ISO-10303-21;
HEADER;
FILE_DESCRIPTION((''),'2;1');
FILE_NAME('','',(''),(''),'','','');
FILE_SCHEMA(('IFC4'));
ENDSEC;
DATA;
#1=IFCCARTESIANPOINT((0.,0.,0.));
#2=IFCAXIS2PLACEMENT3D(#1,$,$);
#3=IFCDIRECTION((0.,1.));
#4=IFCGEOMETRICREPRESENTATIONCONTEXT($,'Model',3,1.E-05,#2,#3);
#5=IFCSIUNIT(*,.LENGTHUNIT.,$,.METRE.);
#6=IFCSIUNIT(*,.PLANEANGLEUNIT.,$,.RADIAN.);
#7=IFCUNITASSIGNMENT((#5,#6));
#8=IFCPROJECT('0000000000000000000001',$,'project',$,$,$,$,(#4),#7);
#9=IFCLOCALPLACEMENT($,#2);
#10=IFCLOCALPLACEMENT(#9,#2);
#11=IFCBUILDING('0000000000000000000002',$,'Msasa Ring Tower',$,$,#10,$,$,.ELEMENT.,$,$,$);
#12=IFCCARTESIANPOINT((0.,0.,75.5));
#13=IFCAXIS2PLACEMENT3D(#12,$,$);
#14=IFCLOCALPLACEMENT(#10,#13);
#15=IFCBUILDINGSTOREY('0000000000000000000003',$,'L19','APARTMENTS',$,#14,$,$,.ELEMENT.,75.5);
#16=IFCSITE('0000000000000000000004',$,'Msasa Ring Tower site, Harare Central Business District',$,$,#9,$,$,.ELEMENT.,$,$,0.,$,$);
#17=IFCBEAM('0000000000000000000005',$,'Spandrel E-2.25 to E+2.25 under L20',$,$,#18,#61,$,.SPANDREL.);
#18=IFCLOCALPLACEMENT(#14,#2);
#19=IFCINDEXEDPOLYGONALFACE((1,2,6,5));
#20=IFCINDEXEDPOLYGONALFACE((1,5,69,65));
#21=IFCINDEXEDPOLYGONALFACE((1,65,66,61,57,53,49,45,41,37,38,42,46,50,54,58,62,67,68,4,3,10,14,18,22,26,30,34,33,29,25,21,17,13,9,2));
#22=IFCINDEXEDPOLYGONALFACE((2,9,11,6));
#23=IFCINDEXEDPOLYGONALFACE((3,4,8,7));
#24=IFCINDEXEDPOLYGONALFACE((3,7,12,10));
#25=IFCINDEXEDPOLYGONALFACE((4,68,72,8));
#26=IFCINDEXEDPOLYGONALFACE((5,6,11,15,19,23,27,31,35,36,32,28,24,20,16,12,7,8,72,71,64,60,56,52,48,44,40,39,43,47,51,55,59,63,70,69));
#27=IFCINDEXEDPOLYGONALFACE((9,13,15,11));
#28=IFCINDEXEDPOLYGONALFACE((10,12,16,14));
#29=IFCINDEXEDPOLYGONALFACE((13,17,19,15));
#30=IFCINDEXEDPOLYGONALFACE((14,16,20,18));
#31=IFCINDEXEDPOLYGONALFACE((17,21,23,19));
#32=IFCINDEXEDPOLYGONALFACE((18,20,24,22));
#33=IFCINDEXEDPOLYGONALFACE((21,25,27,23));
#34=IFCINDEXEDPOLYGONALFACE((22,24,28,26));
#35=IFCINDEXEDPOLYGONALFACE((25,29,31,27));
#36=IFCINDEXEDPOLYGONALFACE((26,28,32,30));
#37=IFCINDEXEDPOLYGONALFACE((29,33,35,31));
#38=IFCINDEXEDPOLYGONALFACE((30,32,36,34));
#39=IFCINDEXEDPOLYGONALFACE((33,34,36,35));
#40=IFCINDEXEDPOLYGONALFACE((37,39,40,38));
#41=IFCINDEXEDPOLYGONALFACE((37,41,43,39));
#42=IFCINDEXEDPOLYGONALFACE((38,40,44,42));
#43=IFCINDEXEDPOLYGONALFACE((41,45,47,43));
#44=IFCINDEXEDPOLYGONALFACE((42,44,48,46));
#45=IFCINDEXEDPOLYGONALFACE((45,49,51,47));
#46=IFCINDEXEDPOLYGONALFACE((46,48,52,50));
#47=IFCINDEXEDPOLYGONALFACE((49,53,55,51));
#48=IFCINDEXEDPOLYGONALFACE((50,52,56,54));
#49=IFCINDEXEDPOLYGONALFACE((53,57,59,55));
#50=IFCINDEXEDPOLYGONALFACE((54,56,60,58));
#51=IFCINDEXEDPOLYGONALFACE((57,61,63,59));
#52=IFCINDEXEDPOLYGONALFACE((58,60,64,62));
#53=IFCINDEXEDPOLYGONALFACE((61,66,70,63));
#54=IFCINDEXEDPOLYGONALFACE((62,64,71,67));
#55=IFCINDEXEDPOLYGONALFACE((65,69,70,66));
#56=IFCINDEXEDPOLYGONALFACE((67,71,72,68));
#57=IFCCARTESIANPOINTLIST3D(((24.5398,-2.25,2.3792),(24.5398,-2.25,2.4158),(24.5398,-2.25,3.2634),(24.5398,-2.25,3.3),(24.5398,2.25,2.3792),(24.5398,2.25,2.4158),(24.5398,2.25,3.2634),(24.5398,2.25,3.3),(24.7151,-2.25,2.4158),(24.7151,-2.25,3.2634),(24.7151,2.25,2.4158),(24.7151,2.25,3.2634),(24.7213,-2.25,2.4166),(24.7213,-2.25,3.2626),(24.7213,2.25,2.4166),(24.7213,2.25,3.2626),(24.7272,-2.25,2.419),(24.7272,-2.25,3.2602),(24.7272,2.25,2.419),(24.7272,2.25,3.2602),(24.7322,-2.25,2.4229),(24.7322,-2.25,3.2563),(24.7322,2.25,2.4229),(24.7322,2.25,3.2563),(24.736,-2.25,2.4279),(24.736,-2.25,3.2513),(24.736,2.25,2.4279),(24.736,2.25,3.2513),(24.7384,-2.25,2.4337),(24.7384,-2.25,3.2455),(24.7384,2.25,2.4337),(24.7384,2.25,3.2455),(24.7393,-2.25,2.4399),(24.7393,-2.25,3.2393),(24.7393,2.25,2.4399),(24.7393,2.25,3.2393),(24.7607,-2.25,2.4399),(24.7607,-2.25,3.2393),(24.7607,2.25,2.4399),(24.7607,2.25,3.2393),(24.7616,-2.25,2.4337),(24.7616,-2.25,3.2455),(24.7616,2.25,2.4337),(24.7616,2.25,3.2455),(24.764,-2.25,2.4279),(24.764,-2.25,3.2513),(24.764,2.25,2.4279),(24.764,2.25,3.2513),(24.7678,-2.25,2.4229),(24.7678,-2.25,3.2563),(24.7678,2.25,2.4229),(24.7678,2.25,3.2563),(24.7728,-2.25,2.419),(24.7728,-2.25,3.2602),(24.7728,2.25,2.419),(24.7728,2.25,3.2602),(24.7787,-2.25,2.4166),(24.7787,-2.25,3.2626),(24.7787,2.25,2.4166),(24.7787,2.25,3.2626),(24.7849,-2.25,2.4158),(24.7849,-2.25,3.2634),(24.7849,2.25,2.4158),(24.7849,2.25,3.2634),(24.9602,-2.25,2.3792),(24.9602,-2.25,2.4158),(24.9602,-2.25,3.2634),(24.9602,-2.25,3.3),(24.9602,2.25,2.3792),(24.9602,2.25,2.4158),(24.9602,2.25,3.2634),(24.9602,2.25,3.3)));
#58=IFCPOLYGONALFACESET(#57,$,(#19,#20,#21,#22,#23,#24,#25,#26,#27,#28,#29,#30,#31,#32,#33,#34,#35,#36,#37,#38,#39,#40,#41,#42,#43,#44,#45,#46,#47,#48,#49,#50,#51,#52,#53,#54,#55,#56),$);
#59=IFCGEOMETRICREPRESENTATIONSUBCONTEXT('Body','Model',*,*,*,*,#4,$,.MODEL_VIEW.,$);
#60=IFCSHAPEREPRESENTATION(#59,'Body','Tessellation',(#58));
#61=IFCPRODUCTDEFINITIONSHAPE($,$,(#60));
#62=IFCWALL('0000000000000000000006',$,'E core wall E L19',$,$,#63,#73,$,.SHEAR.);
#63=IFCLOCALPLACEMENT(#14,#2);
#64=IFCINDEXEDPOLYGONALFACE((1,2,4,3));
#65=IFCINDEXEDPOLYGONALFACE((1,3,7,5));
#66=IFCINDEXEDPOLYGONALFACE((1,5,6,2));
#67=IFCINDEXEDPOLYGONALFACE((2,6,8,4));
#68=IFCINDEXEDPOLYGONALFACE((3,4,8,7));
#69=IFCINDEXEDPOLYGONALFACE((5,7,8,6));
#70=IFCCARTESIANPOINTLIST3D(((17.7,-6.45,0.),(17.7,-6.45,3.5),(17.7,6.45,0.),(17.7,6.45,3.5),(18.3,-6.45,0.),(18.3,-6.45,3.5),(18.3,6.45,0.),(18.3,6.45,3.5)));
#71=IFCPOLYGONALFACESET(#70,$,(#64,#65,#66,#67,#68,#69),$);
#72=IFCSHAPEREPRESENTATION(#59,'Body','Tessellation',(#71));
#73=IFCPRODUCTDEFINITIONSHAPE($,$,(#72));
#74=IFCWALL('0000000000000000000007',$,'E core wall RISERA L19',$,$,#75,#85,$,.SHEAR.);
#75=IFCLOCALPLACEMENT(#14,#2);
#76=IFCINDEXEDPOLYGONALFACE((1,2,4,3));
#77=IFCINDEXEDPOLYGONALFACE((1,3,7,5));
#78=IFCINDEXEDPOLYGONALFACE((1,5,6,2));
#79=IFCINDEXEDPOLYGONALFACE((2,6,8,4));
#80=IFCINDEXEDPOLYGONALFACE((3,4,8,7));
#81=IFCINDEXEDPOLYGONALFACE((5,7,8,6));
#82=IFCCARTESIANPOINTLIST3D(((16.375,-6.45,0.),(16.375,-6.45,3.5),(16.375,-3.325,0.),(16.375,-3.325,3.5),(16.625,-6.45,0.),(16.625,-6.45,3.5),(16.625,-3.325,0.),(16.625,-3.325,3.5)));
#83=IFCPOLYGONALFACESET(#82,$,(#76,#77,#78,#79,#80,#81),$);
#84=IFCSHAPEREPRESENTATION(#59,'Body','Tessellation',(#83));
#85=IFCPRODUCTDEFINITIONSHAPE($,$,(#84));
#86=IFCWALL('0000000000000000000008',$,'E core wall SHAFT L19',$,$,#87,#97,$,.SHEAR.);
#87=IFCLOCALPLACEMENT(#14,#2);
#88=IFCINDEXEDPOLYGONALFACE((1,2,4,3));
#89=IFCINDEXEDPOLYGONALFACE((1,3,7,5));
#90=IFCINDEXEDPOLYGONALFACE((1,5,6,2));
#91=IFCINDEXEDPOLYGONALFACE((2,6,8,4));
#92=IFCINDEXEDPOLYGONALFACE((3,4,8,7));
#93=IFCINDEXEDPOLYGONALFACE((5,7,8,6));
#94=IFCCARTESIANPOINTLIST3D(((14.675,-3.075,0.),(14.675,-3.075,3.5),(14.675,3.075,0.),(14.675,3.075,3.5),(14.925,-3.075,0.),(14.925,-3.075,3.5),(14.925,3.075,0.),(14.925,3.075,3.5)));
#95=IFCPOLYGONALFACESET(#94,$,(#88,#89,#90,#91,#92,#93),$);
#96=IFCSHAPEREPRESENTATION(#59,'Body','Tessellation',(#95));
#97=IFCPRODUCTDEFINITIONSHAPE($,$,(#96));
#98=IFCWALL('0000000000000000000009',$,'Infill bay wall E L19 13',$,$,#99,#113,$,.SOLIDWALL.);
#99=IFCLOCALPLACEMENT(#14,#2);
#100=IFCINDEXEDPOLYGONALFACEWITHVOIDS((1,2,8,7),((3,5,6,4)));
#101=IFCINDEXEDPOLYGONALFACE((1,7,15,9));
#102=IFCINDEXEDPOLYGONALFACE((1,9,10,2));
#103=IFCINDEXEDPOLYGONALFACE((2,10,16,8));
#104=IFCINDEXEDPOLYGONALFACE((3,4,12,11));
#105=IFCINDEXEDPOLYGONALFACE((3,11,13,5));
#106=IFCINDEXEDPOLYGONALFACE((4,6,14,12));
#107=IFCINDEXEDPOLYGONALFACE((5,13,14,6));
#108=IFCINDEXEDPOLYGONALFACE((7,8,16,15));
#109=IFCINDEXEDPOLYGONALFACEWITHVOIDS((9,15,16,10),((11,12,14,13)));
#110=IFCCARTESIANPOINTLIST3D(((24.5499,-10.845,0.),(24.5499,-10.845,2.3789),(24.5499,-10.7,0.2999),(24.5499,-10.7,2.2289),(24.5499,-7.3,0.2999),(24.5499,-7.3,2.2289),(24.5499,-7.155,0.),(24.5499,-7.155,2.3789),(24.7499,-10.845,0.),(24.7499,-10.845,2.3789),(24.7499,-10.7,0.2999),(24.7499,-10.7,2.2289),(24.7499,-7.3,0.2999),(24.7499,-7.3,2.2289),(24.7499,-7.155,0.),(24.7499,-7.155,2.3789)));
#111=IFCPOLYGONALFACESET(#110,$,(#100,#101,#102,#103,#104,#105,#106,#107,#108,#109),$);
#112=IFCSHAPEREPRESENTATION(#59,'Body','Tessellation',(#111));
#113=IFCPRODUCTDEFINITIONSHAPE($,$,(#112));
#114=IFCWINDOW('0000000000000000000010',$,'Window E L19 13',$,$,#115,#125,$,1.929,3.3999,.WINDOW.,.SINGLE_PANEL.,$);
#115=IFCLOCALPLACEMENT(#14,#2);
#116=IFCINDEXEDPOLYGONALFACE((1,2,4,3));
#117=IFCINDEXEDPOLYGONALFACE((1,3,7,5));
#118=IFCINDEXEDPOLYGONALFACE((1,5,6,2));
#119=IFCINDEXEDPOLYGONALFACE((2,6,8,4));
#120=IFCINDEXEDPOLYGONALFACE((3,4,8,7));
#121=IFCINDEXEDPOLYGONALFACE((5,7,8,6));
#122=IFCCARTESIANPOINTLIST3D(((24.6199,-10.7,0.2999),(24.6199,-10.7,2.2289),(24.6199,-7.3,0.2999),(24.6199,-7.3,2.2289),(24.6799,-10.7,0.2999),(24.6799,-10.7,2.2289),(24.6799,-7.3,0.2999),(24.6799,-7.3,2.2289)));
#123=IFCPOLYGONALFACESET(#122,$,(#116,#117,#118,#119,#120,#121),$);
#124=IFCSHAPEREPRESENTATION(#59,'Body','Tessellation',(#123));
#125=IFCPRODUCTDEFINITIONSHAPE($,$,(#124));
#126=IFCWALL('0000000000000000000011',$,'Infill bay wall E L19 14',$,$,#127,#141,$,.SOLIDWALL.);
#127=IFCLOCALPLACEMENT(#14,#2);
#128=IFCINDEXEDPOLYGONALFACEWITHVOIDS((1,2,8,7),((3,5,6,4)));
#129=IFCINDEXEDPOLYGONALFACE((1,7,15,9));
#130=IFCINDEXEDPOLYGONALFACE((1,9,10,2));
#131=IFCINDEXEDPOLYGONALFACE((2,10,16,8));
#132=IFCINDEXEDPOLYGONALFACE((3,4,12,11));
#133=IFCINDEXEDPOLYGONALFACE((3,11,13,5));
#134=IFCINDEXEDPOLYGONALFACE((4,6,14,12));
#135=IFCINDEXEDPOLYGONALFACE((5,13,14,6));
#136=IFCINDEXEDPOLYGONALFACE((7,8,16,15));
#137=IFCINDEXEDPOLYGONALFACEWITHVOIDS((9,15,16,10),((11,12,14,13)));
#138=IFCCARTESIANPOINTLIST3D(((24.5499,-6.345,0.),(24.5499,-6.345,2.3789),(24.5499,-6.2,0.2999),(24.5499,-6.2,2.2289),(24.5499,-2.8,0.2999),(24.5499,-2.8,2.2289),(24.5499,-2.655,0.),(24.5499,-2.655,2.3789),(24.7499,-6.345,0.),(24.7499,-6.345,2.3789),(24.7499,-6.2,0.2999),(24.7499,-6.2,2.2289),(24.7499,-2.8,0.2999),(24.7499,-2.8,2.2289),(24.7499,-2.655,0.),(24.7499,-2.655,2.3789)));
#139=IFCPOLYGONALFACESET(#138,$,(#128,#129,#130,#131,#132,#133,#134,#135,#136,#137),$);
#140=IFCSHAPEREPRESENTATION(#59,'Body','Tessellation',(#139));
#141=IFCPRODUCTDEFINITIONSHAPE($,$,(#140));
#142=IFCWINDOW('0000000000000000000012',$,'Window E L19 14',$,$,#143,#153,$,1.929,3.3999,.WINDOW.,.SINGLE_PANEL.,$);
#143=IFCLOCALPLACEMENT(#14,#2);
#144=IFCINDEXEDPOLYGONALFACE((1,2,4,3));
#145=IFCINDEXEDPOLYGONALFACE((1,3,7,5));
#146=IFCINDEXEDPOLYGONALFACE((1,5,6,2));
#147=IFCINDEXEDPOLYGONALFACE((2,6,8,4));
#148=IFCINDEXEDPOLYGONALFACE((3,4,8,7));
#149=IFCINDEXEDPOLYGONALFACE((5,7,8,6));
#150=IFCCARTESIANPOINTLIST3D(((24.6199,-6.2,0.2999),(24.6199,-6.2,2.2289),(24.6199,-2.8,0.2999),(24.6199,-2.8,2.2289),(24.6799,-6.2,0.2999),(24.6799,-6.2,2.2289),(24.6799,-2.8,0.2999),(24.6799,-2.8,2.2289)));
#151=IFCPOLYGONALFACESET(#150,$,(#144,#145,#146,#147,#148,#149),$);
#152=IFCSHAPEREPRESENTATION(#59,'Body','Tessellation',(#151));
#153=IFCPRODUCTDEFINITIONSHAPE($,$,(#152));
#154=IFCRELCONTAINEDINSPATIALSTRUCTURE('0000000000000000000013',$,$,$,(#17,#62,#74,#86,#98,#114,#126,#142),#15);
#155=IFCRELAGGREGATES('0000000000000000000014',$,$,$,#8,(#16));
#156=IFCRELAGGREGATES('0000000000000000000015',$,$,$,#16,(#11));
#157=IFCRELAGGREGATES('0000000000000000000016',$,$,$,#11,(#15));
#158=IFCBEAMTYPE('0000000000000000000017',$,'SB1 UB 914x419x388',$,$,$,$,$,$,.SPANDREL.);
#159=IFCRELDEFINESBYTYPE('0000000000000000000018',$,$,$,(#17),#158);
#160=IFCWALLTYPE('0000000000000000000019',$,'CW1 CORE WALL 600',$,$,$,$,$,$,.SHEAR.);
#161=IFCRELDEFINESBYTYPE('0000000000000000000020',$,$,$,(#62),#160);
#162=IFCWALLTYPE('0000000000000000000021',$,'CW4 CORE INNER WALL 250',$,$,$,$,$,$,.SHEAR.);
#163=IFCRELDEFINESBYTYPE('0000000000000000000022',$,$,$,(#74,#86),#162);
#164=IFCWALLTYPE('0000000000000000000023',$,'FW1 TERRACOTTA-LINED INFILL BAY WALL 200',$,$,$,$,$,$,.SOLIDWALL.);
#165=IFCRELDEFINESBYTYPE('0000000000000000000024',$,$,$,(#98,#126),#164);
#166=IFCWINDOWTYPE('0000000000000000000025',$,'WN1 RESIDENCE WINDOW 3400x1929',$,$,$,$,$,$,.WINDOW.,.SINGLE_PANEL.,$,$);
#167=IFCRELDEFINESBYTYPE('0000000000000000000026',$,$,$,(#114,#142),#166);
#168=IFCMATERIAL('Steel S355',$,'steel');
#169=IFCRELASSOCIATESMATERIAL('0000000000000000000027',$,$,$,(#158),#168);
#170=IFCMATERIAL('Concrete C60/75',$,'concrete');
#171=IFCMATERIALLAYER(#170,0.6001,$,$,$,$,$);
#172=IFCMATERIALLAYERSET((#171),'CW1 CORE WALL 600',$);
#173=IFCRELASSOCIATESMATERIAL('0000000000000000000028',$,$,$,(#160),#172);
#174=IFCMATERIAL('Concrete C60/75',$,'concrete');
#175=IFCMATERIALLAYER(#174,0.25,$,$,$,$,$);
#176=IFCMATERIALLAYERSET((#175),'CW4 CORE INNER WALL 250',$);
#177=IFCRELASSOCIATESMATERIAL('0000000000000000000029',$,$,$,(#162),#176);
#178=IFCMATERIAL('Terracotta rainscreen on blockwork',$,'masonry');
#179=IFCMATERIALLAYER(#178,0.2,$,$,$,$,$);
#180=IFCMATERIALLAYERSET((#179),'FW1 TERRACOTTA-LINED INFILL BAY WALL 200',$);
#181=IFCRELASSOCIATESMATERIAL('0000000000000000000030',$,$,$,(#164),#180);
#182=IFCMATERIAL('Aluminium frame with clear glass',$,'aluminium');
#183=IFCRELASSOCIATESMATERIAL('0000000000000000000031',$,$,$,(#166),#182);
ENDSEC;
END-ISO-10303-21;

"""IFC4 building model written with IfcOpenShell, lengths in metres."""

from ifc_helpers import new_model, si_unit, direction, frame, frame_2d, origin, origin_2d, place, context, subcontext, project, spatial, rectangle, i_section, extrude, material, layer, layer_set, material_profile, profile_set, type_object, element, fill, save


model = new_model("IFC4")

# Units and contexts
model_context = context("Model", 3, precision=1e-05, world=origin(), true_north=direction((0.0, 1.0)))
body_context = subcontext(model_context, "Body", "Model", "MODEL_VIEW")
ifc_project = project(units=[si_unit("LENGTHUNIT", "METRE"), si_unit("PLANEANGLEUNIT", "RADIAN")], contexts=[model_context])

# Site, building, storey
site_placement = place(None, origin())
site = spatial("IfcSite", under=ifc_project, at=site_placement, Name="Msasa Ring Tower site, Harare Central Business District", CompositionType="ELEMENT", RefElevation=0.0)
building_placement = place(site_placement, origin())
building = spatial("IfcBuilding", under=site, at=building_placement, Name="Msasa Ring Tower", CompositionType="ELEMENT")
storey_placement = place(building_placement, frame((0.0, 0.0, 75.5)))
storey = spatial("IfcBuildingStorey", under=building, at=storey_placement, Name="L19", Description="APARTMENTS", CompositionType="ELEMENT", Elevation=75.5)

# Beam
ifc_material_1 = material(Name="Steel S355", Category="steel")
ifc_material_profile_1 = material_profile(ifc_material_1, i_section(OverallWidth=0.4204, OverallDepth=0.9209, WebThickness=0.0215, FlangeThickness=0.0366, FilletRadius=0.0242, at=origin_2d()), Name="UB 914x419x388")
ifc_profile_set_1 = profile_set([ifc_material_profile_1], Name="Steel S355")
beam_type_1 = type_object("IfcBeamType", Name="SB1 UB 914x419x388", PredefinedType="SPANDREL", material=ifc_profile_set_1)
for number, where, z_axis, x_axis, name in (
    (1, (24.75, -2.25, 2.8396), (0.0, 1.0, 0.0), (-1.0, 0.0, 0.0), "Spandrel E-2.25 to E+2.25 under L20"),
):
    element("IfcBeam", number, at=place(storey_placement, frame(where, z_axis=z_axis, x_axis=x_axis)), inside=storey, type_object=beam_type_1, Name=name, PredefinedType="SPANDREL", context=body_context, shape_type="SweptSolid", body=[
        extrude(i_section(OverallWidth=0.4204, OverallDepth=0.9209, WebThickness=0.0215, FlangeThickness=0.0366, FilletRadius=0.0242, at=origin_2d()), origin(), (0.0, 0.0, 1.0), 4.5),
    ])

# Walls
ifc_material_2 = material(Name="Concrete C60/75", Category="concrete")
ifc_layer_1 = layer(ifc_material_2, 0.6001)
ifc_layer_set_1 = layer_set([ifc_layer_1], Name="CW1 CORE WALL 600")
wall_type_1 = type_object("IfcWallType", Name="CW1 CORE WALL 600", PredefinedType="SHEAR", material=ifc_layer_set_1)
wall_1_placement = place(storey_placement, frame((18.0, -6.45, 0.0), z_axis=(0.0, 0.0, 1.0), x_axis=(0.0, 1.0, 0.0)))
element("IfcWall", 2, at=wall_1_placement, inside=storey, type_object=wall_type_1, Name="E core wall E L19", PredefinedType="SHEAR", context=body_context, shape_type="SweptSolid", body=[
    extrude(rectangle(XDim=12.8999, YDim=0.6001, at=frame_2d((6.45, 0.0))), origin(), (0.0, 0.0, 1.0), 3.5),
])
ifc_material_3 = material(Name="Concrete C60/75", Category="concrete")
ifc_layer_2 = layer(ifc_material_3, 0.25)
ifc_layer_set_2 = layer_set([ifc_layer_2], Name="CW4 CORE INNER WALL 250")
wall_type_2 = type_object("IfcWallType", Name="CW4 CORE INNER WALL 250", PredefinedType="SHEAR", material=ifc_layer_set_2)
wall_2_placement = place(storey_placement, frame((16.5, -6.45, 0.0), z_axis=(0.0, 0.0, 1.0), x_axis=(0.0, 1.0, 0.0)))
element("IfcWall", 3, at=wall_2_placement, inside=storey, type_object=wall_type_2, Name="E core wall RISERA L19", PredefinedType="SHEAR", context=body_context, shape_type="SweptSolid", body=[
    extrude(rectangle(XDim=3.125, YDim=0.25, at=frame_2d((1.5625, 0.0))), origin(), (0.0, 0.0, 1.0), 3.5),
])
wall_3_placement = place(storey_placement, frame((14.8, -3.075, 0.0), z_axis=(0.0, 0.0, 1.0), x_axis=(0.0, 1.0, 0.0)))
element("IfcWall", 4, at=wall_3_placement, inside=storey, type_object=wall_type_2, Name="E core wall SHAFT L19", PredefinedType="SHEAR", context=body_context, shape_type="SweptSolid", body=[
    extrude(rectangle(XDim=6.1499, YDim=0.25, at=frame_2d((3.075, 0.0))), origin(), (0.0, 0.0, 1.0), 3.5),
])

# Walls, openings, windows
ifc_material_4 = material(Name="Terracotta rainscreen on blockwork", Category="masonry")
ifc_layer_3 = layer(ifc_material_4, 0.2)
ifc_layer_set_3 = layer_set([ifc_layer_3], Name="FW1 TERRACOTTA-LINED INFILL BAY WALL 200")
wall_type_3 = type_object("IfcWallType", Name="FW1 TERRACOTTA-LINED INFILL BAY WALL 200", PredefinedType="SOLIDWALL", material=ifc_layer_set_3)
wall_4_placement = place(storey_placement, frame((24.6499, -10.845, 0.0), z_axis=(0.0, 0.0, 1.0), x_axis=(0.0, 1.0, 0.0)))
wall_4 = element("IfcWall", 5, at=wall_4_placement, inside=storey, type_object=wall_type_3, Name="Infill bay wall E L19 13", PredefinedType="SOLIDWALL", context=body_context, shape_type="SweptSolid", body=[
    extrude(rectangle(XDim=3.6899, YDim=0.2, at=frame_2d((1.845, 0.0))), origin(), (0.0, 0.0, 1.0), 2.3789),
])
opening_1_placement = place(wall_4_placement, frame((0.145, 0.0, 0.3)))
opening_1 = element("IfcOpeningElement", 6, at=opening_1_placement, cuts=wall_4, PredefinedType="OPENING", context=body_context, shape_type="SweptSolid", body=[
    extrude(rectangle(XDim=3.3999, YDim=1.929, at=frame_2d((1.7, 0.9644))), frame((0.0, 0.1099, 0.0), z_axis=(0.0, -1.0, 0.0), x_axis=(1.0, 0.0, 0.0)), (0.0, 0.0, 1.0), 0.22),
])
ifc_material_5 = material(Name="Aluminium frame with clear glass", Category="aluminium")
window_type = type_object("IfcWindowType", Name="WN1 RESIDENCE WINDOW 3400x1929", PartitioningType="SINGLE_PANEL", PredefinedType="WINDOW", material=ifc_material_5)
window_1_placement = place(opening_1_placement, origin())
window_1 = element("IfcWindow", 7, at=window_1_placement, inside=storey, type_object=window_type, Name="Window E L19 13", OverallHeight=1.929, OverallWidth=3.3999, PartitioningType="SINGLE_PANEL", PredefinedType="WINDOW", context=body_context, shape_type="SweptSolid", body=[
    extrude(rectangle(XDim=3.3999, YDim=1.929, at=frame_2d((1.7, 0.9644))), frame((0.0, 0.03, 0.0), z_axis=(0.0, -1.0, 0.0), x_axis=(1.0, 0.0, 0.0)), (0.0, 0.0, 1.0), 0.0601),
])
fill(opening_1, window_1)
wall_5_placement = place(storey_placement, frame((24.6499, -6.345, 0.0), z_axis=(0.0, 0.0, 1.0), x_axis=(0.0, 1.0, 0.0)))
wall_5 = element("IfcWall", 8, at=wall_5_placement, inside=storey, type_object=wall_type_3, Name="Infill bay wall E L19 14", PredefinedType="SOLIDWALL", context=body_context, shape_type="SweptSolid", body=[
    extrude(rectangle(XDim=3.6899, YDim=0.2, at=frame_2d((1.845, 0.0))), origin(), (0.0, 0.0, 1.0), 2.3789),
])
opening_2_placement = place(wall_5_placement, frame((0.145, 0.0, 0.3)))
opening_2 = element("IfcOpeningElement", 9, at=opening_2_placement, cuts=wall_5, PredefinedType="OPENING", context=body_context, shape_type="SweptSolid", body=[
    extrude(rectangle(XDim=3.3999, YDim=1.929, at=frame_2d((1.7, 0.9644))), frame((0.0, 0.1099, 0.0), z_axis=(0.0, -1.0, 0.0), x_axis=(1.0, 0.0, 0.0)), (0.0, 0.0, 1.0), 0.22),
])
window_2_placement = place(opening_2_placement, origin())
window_2 = element("IfcWindow", 10, at=window_2_placement, inside=storey, type_object=window_type, Name="Window E L19 14", OverallHeight=1.929, OverallWidth=3.3999, PartitioningType="SINGLE_PANEL", PredefinedType="WINDOW", context=body_context, shape_type="SweptSolid", body=[
    extrude(rectangle(XDim=3.3999, YDim=1.929, at=frame_2d((1.7, 0.9644))), frame((0.0, 0.03, 0.0), z_axis=(0.0, -1.0, 0.0), x_axis=(1.0, 0.0, 0.0)), (0.0, 0.0, 1.0), 0.0601),
])
fill(opening_2, window_2)

save(model, "model.ifc")
